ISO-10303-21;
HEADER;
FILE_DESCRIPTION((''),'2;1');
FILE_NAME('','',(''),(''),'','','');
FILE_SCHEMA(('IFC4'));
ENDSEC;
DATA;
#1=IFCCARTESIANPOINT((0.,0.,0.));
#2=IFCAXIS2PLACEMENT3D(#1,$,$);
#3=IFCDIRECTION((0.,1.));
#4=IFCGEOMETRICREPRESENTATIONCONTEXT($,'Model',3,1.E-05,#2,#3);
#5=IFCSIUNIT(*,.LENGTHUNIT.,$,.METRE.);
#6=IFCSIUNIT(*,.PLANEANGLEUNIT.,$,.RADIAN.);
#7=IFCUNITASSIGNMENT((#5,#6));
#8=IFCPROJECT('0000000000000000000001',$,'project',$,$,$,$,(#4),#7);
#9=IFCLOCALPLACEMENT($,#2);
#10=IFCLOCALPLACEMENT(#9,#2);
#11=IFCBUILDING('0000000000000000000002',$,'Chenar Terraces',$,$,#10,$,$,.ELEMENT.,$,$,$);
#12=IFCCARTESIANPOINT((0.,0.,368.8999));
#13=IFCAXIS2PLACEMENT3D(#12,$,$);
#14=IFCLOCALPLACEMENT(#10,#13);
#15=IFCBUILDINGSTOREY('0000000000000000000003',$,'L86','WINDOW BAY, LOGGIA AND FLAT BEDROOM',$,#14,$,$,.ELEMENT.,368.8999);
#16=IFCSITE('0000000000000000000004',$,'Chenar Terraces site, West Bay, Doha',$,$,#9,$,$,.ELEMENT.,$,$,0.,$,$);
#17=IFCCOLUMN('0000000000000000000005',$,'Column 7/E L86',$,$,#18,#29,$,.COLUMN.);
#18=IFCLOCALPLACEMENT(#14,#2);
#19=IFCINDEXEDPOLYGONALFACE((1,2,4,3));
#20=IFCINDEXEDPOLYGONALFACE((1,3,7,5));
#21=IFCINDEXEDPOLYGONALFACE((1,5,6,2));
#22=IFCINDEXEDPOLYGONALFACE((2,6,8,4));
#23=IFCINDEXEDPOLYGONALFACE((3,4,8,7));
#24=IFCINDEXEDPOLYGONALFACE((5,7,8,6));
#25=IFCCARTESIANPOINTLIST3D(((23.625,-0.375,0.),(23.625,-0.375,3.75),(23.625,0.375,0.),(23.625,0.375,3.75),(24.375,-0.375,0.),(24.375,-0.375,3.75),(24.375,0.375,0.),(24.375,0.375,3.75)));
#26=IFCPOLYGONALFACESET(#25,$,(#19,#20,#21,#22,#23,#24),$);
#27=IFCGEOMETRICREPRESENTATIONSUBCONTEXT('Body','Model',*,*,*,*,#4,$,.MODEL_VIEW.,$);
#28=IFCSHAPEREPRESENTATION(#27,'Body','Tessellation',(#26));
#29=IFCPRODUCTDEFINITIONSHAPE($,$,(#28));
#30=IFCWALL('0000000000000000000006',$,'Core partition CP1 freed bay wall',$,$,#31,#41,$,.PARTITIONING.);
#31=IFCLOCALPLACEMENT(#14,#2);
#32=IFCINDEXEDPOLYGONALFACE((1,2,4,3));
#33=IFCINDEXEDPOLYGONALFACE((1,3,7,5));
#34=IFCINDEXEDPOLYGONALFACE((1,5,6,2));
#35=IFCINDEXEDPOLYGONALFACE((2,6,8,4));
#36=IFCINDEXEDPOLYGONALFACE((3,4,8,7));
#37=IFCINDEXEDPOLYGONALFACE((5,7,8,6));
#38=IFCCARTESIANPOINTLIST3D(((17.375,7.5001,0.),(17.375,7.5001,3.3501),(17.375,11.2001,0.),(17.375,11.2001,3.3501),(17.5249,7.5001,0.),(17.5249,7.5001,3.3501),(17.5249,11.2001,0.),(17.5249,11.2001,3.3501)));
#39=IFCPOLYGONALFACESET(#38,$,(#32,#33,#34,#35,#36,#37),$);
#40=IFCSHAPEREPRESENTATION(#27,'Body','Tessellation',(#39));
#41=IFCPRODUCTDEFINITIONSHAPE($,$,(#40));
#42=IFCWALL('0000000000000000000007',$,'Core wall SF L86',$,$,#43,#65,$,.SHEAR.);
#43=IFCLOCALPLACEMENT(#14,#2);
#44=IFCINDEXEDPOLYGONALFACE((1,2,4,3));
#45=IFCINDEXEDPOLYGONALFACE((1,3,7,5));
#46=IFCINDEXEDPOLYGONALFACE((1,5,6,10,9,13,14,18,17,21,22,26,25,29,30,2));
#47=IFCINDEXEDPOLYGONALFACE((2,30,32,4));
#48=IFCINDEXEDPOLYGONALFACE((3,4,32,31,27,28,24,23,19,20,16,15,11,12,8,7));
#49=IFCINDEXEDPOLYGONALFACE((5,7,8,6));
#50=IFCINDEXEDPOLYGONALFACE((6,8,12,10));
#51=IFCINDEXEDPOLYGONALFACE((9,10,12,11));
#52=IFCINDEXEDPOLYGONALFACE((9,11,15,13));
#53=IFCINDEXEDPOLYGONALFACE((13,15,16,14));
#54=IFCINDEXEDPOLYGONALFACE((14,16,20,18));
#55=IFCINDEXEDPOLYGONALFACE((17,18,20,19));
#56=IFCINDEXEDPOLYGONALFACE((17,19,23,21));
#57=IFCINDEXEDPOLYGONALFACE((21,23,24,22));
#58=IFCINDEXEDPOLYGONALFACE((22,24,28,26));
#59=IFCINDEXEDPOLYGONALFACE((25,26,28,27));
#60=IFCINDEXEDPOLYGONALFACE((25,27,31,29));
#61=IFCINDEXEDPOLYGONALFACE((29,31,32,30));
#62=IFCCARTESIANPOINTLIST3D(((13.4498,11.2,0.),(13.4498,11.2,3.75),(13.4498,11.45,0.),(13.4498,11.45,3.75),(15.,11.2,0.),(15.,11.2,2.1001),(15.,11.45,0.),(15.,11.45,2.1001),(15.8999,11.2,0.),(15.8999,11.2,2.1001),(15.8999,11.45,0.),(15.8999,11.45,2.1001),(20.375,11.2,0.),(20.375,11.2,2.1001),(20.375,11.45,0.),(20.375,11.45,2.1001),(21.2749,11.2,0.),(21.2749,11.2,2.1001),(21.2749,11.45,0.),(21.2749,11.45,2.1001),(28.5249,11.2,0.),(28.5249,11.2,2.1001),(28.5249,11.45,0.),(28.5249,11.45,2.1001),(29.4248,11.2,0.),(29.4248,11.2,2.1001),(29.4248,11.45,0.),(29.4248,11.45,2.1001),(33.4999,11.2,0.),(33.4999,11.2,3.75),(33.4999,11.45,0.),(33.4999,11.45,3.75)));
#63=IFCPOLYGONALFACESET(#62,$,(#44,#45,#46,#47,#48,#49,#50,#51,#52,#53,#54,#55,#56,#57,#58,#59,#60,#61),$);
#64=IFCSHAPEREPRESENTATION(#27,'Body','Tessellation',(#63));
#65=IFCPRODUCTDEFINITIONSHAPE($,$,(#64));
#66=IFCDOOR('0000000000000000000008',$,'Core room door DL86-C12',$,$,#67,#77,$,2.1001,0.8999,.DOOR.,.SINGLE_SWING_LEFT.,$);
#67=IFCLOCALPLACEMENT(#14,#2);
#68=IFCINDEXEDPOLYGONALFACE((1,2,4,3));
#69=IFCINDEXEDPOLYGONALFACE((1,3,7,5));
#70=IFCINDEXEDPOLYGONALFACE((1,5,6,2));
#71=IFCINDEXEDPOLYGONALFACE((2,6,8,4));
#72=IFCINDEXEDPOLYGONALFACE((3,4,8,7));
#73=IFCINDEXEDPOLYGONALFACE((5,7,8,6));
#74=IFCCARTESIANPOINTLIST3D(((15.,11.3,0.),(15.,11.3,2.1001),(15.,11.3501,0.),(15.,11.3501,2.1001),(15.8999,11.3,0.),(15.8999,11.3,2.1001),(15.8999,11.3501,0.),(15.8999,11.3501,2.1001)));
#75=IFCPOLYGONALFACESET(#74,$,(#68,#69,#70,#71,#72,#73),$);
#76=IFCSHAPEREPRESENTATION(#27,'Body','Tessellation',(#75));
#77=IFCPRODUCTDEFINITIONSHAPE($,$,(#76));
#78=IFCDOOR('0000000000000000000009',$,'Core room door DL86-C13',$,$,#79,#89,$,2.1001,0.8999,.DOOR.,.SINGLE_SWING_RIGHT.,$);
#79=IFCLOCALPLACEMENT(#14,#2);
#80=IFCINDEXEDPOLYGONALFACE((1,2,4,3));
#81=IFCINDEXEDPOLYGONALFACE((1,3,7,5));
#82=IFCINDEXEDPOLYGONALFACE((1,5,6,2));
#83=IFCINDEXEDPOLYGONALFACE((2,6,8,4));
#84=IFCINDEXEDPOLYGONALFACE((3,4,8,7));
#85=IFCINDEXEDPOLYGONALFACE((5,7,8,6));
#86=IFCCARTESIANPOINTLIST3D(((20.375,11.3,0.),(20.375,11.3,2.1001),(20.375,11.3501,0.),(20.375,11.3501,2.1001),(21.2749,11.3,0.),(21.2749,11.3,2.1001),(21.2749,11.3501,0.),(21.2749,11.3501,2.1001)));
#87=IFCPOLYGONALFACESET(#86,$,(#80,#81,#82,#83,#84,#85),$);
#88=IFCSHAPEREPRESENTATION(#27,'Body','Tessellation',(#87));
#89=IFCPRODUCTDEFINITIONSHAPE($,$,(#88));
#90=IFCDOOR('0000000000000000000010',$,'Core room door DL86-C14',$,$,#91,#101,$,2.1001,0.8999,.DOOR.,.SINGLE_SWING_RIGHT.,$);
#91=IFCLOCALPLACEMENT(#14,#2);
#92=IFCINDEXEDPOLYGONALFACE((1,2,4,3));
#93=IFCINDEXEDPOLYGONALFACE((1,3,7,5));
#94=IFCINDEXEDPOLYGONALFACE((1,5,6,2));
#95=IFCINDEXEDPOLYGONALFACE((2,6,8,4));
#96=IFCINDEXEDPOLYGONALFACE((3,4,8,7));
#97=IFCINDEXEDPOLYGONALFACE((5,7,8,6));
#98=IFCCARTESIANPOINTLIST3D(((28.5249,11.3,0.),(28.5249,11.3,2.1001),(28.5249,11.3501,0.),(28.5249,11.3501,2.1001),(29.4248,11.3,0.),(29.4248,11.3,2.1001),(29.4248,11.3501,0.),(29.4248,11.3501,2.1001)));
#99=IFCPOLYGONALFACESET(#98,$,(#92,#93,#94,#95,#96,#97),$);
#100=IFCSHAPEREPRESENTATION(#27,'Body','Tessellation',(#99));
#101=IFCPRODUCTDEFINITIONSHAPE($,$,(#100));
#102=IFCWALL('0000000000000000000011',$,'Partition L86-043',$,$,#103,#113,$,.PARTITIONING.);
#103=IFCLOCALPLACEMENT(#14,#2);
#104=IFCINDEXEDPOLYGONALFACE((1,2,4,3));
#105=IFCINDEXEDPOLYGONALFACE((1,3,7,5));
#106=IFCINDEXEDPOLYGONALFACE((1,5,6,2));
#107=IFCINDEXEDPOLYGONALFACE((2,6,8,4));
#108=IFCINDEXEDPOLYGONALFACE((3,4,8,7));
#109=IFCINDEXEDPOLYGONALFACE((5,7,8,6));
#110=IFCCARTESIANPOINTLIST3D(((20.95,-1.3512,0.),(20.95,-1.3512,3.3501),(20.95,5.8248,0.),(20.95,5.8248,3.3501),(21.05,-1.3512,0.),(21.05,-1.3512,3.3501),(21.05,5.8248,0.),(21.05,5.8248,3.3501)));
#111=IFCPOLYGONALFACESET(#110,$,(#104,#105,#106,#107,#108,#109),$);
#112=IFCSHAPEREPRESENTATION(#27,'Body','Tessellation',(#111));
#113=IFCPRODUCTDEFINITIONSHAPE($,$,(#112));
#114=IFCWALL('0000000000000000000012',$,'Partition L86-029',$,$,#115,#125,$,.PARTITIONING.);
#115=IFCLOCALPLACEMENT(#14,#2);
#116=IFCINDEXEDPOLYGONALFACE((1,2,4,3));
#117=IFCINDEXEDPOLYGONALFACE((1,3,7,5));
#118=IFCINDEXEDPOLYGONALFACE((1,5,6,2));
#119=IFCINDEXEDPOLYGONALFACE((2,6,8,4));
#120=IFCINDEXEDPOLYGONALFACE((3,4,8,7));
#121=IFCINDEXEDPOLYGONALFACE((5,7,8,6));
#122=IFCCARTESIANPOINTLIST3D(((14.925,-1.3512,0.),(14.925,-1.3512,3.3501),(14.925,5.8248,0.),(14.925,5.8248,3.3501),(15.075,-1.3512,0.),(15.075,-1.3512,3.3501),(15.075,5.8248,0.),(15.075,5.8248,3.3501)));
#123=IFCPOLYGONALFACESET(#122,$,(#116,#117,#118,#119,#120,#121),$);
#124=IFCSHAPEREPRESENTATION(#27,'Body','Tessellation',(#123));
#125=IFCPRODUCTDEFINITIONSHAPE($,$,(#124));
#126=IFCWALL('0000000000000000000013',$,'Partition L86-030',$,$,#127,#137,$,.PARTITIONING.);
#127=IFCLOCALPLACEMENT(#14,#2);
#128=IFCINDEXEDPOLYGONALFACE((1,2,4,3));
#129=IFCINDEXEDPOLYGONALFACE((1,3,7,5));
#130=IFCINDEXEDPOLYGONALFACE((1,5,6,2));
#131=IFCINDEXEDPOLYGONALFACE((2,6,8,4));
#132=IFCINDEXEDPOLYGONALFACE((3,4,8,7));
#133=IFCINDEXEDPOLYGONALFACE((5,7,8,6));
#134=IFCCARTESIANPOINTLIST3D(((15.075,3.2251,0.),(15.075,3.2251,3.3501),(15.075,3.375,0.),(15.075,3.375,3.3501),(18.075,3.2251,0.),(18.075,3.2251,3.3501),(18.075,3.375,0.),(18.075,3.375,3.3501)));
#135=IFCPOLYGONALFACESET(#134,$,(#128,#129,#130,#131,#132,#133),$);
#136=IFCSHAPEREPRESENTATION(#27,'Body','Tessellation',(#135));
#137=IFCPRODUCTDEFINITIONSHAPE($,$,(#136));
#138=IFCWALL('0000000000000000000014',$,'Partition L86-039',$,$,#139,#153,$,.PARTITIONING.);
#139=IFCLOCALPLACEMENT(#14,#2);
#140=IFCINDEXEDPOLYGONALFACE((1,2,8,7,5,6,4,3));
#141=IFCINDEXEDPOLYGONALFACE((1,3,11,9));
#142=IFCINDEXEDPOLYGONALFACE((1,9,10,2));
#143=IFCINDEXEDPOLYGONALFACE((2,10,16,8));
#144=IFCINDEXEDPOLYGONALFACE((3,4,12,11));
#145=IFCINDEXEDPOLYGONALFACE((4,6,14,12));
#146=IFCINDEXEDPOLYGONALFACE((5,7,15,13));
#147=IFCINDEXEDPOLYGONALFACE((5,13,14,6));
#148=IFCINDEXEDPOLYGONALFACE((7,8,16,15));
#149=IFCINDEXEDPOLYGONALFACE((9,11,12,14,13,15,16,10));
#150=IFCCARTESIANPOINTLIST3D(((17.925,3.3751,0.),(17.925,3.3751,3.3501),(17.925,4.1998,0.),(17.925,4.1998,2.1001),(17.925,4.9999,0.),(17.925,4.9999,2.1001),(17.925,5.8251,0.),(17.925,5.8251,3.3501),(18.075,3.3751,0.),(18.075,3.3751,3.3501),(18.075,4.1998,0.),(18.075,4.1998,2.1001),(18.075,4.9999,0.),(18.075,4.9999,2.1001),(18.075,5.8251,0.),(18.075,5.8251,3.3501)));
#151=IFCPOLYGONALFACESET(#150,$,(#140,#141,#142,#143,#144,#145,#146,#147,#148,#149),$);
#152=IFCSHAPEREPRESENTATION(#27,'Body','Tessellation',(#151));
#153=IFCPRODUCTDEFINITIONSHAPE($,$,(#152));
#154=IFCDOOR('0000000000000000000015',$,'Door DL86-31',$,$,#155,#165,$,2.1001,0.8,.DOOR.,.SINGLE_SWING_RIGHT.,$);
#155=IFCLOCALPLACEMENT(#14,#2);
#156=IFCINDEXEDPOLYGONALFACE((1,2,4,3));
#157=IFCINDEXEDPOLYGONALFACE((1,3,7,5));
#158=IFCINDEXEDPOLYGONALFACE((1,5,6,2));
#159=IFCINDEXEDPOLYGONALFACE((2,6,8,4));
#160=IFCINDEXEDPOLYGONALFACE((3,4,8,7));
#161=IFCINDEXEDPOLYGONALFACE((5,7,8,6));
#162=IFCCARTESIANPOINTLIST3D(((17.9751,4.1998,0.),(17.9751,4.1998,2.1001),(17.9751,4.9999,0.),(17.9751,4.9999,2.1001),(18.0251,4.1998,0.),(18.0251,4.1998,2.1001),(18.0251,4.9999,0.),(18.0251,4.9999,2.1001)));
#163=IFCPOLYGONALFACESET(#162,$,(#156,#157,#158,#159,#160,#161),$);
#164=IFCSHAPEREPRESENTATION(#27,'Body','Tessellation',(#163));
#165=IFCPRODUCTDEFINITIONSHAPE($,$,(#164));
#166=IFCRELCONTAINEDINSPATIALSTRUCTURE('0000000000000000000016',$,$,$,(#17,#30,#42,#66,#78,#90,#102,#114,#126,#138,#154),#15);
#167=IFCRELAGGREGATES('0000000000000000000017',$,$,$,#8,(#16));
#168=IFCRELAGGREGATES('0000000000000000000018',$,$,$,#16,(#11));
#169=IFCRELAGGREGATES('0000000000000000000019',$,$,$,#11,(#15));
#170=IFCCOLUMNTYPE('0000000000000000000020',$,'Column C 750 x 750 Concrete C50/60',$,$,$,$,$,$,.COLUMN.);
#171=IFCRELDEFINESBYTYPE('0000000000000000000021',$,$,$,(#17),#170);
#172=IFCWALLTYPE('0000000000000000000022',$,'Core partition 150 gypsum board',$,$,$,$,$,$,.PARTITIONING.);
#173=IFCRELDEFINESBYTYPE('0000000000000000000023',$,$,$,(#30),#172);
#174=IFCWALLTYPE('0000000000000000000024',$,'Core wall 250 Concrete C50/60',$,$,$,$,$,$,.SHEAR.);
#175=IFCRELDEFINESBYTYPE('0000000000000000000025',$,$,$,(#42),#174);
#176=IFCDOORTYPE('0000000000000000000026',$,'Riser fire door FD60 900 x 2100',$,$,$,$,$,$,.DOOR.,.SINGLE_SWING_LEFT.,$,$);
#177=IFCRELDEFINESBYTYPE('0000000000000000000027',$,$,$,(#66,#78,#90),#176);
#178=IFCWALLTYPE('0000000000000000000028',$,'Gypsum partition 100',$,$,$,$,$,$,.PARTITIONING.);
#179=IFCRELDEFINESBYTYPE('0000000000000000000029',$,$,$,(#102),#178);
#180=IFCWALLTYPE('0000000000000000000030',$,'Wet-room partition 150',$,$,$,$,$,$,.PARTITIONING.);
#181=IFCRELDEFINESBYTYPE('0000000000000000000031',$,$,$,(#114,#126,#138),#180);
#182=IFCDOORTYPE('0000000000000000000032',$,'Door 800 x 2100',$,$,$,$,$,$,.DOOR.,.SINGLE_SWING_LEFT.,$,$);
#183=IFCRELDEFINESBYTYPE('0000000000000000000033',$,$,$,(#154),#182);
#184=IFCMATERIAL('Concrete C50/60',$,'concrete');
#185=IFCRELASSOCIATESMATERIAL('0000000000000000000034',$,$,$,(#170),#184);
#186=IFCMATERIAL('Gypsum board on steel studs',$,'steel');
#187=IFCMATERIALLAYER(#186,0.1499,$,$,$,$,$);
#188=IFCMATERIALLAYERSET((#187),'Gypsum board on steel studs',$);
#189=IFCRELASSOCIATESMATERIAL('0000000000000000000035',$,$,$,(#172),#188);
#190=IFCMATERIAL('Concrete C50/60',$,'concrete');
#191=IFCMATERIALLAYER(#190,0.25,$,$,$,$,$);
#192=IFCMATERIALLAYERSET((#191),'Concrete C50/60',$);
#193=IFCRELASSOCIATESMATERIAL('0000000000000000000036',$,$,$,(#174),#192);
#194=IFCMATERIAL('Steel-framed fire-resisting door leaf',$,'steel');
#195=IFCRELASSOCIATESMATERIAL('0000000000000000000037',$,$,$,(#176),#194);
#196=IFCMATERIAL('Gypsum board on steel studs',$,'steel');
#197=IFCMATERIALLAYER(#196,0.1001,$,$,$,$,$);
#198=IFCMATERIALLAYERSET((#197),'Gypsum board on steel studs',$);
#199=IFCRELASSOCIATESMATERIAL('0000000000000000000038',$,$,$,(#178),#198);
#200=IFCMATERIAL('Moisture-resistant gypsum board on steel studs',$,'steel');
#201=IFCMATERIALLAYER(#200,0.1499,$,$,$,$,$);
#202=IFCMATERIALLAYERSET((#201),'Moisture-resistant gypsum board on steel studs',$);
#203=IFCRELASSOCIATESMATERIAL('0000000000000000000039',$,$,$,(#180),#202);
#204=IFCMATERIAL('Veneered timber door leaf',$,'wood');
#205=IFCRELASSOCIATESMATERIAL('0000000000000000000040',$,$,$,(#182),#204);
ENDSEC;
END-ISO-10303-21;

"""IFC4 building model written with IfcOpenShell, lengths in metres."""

from ifc_helpers import new_model, si_unit, direction, frame, frame_2d, origin, origin_2d, place, context, subcontext, project, spatial, rectangle, extrude, material, layer, layer_set, material_profile, profile_set, type_object, element, fill, save


model = new_model("IFC4")

# Units and contexts
model_context = context("Model", 3, precision=1e-05, world=origin(), true_north=direction((0.0, 1.0)))
body_context = subcontext(model_context, "Body", "Model", "MODEL_VIEW")
ifc_project = project(units=[si_unit("LENGTHUNIT", "METRE"), si_unit("PLANEANGLEUNIT", "RADIAN")], contexts=[model_context])

# Site, building, storey
site_placement = place(None, origin())
site = spatial("IfcSite", under=ifc_project, at=site_placement, Name="Chenar Terraces site, West Bay, Doha", CompositionType="ELEMENT", RefElevation=0.0)
building_placement = place(site_placement, origin())
building = spatial("IfcBuilding", under=site, at=building_placement, Name="Chenar Terraces", CompositionType="ELEMENT")
storey_placement = place(building_placement, frame((0.0, 0.0, 368.8999)))
storey = spatial("IfcBuildingStorey", under=building, at=storey_placement, Name="L86", Description="WINDOW BAY, LOGGIA AND FLAT BEDROOM", CompositionType="ELEMENT", Elevation=368.8999)

# Column
ifc_material_1 = material(Name="Concrete C50/60", Category="concrete")
ifc_material_profile_1 = material_profile(ifc_material_1, rectangle(XDim=0.75, YDim=0.75, at=origin_2d()), Name="C 750 x 750")
ifc_profile_set_1 = profile_set([ifc_material_profile_1], Name="Concrete C50/60")
column_type = type_object("IfcColumnType", Name="Column C 750 x 750 Concrete C50/60", PredefinedType="COLUMN", material=ifc_profile_set_1)
column_placement = place(storey_placement, frame((24.0, 0.0, 0.0), z_axis=(0.0, 0.0, 1.0), x_axis=(1.0, 0.0, 0.0)))
element("IfcColumn", 1, at=column_placement, inside=storey, type_object=column_type, Name="Column 7/E L86", PredefinedType="COLUMN", context=body_context, shape_type="SweptSolid", body=[
    extrude(rectangle(XDim=0.75, YDim=0.75, at=origin_2d()), origin(), (0.0, 0.0, 1.0), 3.75),
])

# Wall
ifc_material_2 = material(Name="Gypsum board on steel studs", Category="steel")
ifc_layer_1 = layer(ifc_material_2, 0.1499)
ifc_layer_set_1 = layer_set([ifc_layer_1], Name="Gypsum board on steel studs")
wall_type_1 = type_object("IfcWallType", Name="Core partition 150 gypsum board", PredefinedType="PARTITIONING", material=ifc_layer_set_1)
wall_1_placement = place(storey_placement, frame((17.45, 7.5, 0.0), z_axis=(0.0, 0.0, 1.0), x_axis=(0.0, 1.0, 0.0)))
element("IfcWall", 2, at=wall_1_placement, inside=storey, type_object=wall_type_1, Name="Core partition CP1 freed bay wall", PredefinedType="PARTITIONING", context=body_context, shape_type="SweptSolid", body=[
    extrude(rectangle(XDim=3.7, YDim=0.1499, at=frame_2d((1.8501, 0.0))), origin(), (0.0, 0.0, 1.0), 3.3501),
])

# Wall, openings, doors
ifc_material_3 = material(Name="Concrete C50/60", Category="concrete")
ifc_layer_2 = layer(ifc_material_3, 0.25)
ifc_layer_set_2 = layer_set([ifc_layer_2], Name="Concrete C50/60")
wall_type_2 = type_object("IfcWallType", Name="Core wall 250 Concrete C50/60", PredefinedType="SHEAR", material=ifc_layer_set_2)
wall_2_placement = place(storey_placement, frame((13.45, 11.325, 0.0), z_axis=(0.0, 0.0, 1.0), x_axis=(1.0, 0.0, 0.0)))
wall_2 = element("IfcWall", 3, at=wall_2_placement, inside=storey, type_object=wall_type_2, Name="Core wall SF L86", PredefinedType="SHEAR", context=body_context, shape_type="SweptSolid", body=[
    extrude(rectangle(XDim=20.05, YDim=0.25, at=frame_2d((10.0249, 0.0))), origin(), (0.0, 0.0, 1.0), 3.75),
])
opening_1_placement = place(wall_2_placement, frame((1.55, 0.0, 0.0)))
opening_1 = element("IfcOpeningElement", 4, at=opening_1_placement, cuts=wall_2, PredefinedType="OPENING", context=body_context, shape_type="SweptSolid", body=[
    extrude(rectangle(XDim=0.8999, YDim=2.1001, at=frame_2d((0.45, 1.05))), frame((0.0, 0.135, 0.0), z_axis=(0.0, -1.0, 0.0), x_axis=(1.0, 0.0, 0.0)), (0.0, 0.0, 1.0), 0.27),
])
opening_2_placement = place(wall_2_placement, frame((6.925, 0.0, 0.0)))
opening_2 = element("IfcOpeningElement", 5, at=opening_2_placement, cuts=wall_2, PredefinedType="OPENING", context=body_context, shape_type="SweptSolid", body=[
    extrude(rectangle(XDim=0.8999, YDim=2.1001, at=frame_2d((0.45, 1.05))), frame((0.0, 0.135, 0.0), z_axis=(0.0, -1.0, 0.0), x_axis=(1.0, 0.0, 0.0)), (0.0, 0.0, 1.0), 0.27),
])
opening_3_placement = place(wall_2_placement, frame((15.075, 0.0, 0.0)))
opening_3 = element("IfcOpeningElement", 6, at=opening_3_placement, cuts=wall_2, PredefinedType="OPENING", context=body_context, shape_type="SweptSolid", body=[
    extrude(rectangle(XDim=0.8999, YDim=2.1001, at=frame_2d((0.45, 1.05))), frame((0.0, 0.135, 0.0), z_axis=(0.0, -1.0, 0.0), x_axis=(1.0, 0.0, 0.0)), (0.0, 0.0, 1.0), 0.27),
])
ifc_material_4 = material(Name="Steel-framed fire-resisting door leaf", Category="steel")
door_type_1 = type_object("IfcDoorType", Name="Riser fire door FD60 900 x 2100", OperationType="SINGLE_SWING_LEFT", PredefinedType="DOOR", material=ifc_material_4)
door_1_placement = place(opening_1_placement, frame((0.8999, 0.0, 0.0), z_axis=(0.0, 0.0, 1.0), x_axis=(-1.0, 0.0, 0.0)))
door_1 = element("IfcDoor", 7, at=door_1_placement, inside=storey, type_object=door_type_1, Name="Core room door DL86-C12", OperationType="SINGLE_SWING_LEFT", OverallHeight=2.1001, OverallWidth=0.8999, PredefinedType="DOOR", context=body_context, shape_type="SweptSolid", body=[
    extrude(rectangle(XDim=0.8999, YDim=2.1001, at=frame_2d((0.45, 1.05))), frame((0.0, 0.0249, 0.0), z_axis=(0.0, -1.0, 0.0), x_axis=(1.0, 0.0, 0.0)), (0.0, 0.0, 1.0), 0.05),
])
fill(opening_1, door_1)
door_2_placement = place(opening_2_placement, frame((0.8999, 0.0, 0.0), z_axis=(0.0, 0.0, 1.0), x_axis=(-1.0, 0.0, 0.0)))
door_2 = element("IfcDoor", 8, at=door_2_placement, inside=storey, type_object=door_type_1, Name="Core room door DL86-C13", OperationType="SINGLE_SWING_RIGHT", OverallHeight=2.1001, OverallWidth=0.8999, PredefinedType="DOOR", context=body_context, shape_type="SweptSolid", body=[
    extrude(rectangle(XDim=0.8999, YDim=2.1001, at=frame_2d((0.45, 1.05))), frame((0.0, 0.0249, 0.0), z_axis=(0.0, -1.0, 0.0), x_axis=(1.0, 0.0, 0.0)), (0.0, 0.0, 1.0), 0.05),
])
fill(opening_2, door_2)
door_3_placement = place(opening_3_placement, frame((0.8999, 0.0, 0.0), z_axis=(0.0, 0.0, 1.0), x_axis=(-1.0, 0.0, 0.0)))
door_3 = element("IfcDoor", 9, at=door_3_placement, inside=storey, type_object=door_type_1, Name="Core room door DL86-C14", OperationType="SINGLE_SWING_RIGHT", OverallHeight=2.1001, OverallWidth=0.8999, PredefinedType="DOOR", context=body_context, shape_type="SweptSolid", body=[
    extrude(rectangle(XDim=0.8999, YDim=2.1001, at=frame_2d((0.45, 1.05))), frame((0.0, 0.0249, 0.0), z_axis=(0.0, -1.0, 0.0), x_axis=(1.0, 0.0, 0.0)), (0.0, 0.0, 1.0), 0.05),
])
fill(opening_3, door_3)

# Walls
ifc_material_5 = material(Name="Gypsum board on steel studs", Category="steel")
ifc_layer_3 = layer(ifc_material_5, 0.1001)
ifc_layer_set_3 = layer_set([ifc_layer_3], Name="Gypsum board on steel studs")
wall_type_3 = type_object("IfcWallType", Name="Gypsum partition 100", PredefinedType="PARTITIONING", material=ifc_layer_set_3)
wall_3_placement = place(storey_placement, frame((21.0, -1.3511, 0.0), z_axis=(0.0, 0.0, 1.0), x_axis=(0.0, 1.0, 0.0)))
element("IfcWall", 10, at=wall_3_placement, inside=storey, type_object=wall_type_3, Name="Partition L86-043", PredefinedType="PARTITIONING", context=body_context, shape_type="SweptSolid", body=[
    extrude(rectangle(XDim=7.176, YDim=0.1001, at=frame_2d((3.5879, 0.0))), origin(), (0.0, 0.0, 1.0), 3.3501),
])
ifc_material_6 = material(Name="Moisture-resistant gypsum board on steel studs", Category="steel")
ifc_layer_4 = layer(ifc_material_6, 0.1499)
ifc_layer_set_4 = layer_set([ifc_layer_4], Name="Moisture-resistant gypsum board on steel studs")
wall_type_4 = type_object("IfcWallType", Name="Wet-room partition 150", PredefinedType="PARTITIONING", material=ifc_layer_set_4)
wall_4_placement = place(storey_placement, frame((15.0, -1.3511, 0.0), z_axis=(0.0, 0.0, 1.0), x_axis=(0.0, 1.0, 0.0)))
element("IfcWall", 11, at=wall_4_placement, inside=storey, type_object=wall_type_4, Name="Partition L86-029", PredefinedType="PARTITIONING", context=body_context, shape_type="SweptSolid", body=[
    extrude(rectangle(XDim=7.176, YDim=0.1499, at=frame_2d((3.5879, 0.0))), origin(), (0.0, 0.0, 1.0), 3.3501),
])
wall_5_placement = place(storey_placement, frame((15.075, 3.3, 0.0), z_axis=(0.0, 0.0, 1.0), x_axis=(1.0, 0.0, 0.0)))
element("IfcWall", 12, at=wall_5_placement, inside=storey, type_object=wall_type_4, Name="Partition L86-030", PredefinedType="PARTITIONING", context=body_context, shape_type="SweptSolid", body=[
    extrude(rectangle(XDim=3.0, YDim=0.1499, at=frame_2d((1.5, 0.0))), origin(), (0.0, 0.0, 1.0), 3.3501),
])

# Wall, opening, door
wall_6_placement = place(storey_placement, frame((18.0, 3.375, 0.0), z_axis=(0.0, 0.0, 1.0), x_axis=(0.0, 1.0, 0.0)))
wall_6 = element("IfcWall", 13, at=wall_6_placement, inside=storey, type_object=wall_type_4, Name="Partition L86-039", PredefinedType="PARTITIONING", context=body_context, shape_type="SweptSolid", body=[
    extrude(rectangle(XDim=2.45, YDim=0.1499, at=frame_2d((1.2251, 0.0))), origin(), (0.0, 0.0, 1.0), 3.3501),
])
opening_4_placement = place(wall_6_placement, frame((0.825, 0.0, 0.0)))
opening_4 = element("IfcOpeningElement", 14, at=opening_4_placement, cuts=wall_6, PredefinedType="OPENING", context=body_context, shape_type="SweptSolid", body=[
    extrude(rectangle(XDim=0.8, YDim=2.1001, at=frame_2d((0.3999, 1.05))), frame((0.0, 0.085, 0.0), z_axis=(0.0, -1.0, 0.0), x_axis=(1.0, 0.0, 0.0)), (0.0, 0.0, 1.0), 0.1699),
])
ifc_material_7 = material(Name="Veneered timber door leaf", Category="wood")
door_type_2 = type_object("IfcDoorType", Name="Door 800 x 2100", OperationType="SINGLE_SWING_LEFT", PredefinedType="DOOR", material=ifc_material_7)
door_4_placement = place(opening_4_placement, origin())
door_4 = element("IfcDoor", 15, at=door_4_placement, inside=storey, type_object=door_type_2, Name="Door DL86-31", OperationType="SINGLE_SWING_RIGHT", OverallHeight=2.1001, OverallWidth=0.8, PredefinedType="DOOR", context=body_context, shape_type="SweptSolid", body=[
    extrude(rectangle(XDim=0.8, YDim=2.1001, at=frame_2d((0.3999, 1.05))), frame((0.0, 0.0249, 0.0), z_axis=(0.0, -1.0, 0.0), x_axis=(1.0, 0.0, 0.0)), (0.0, 0.0, 1.0), 0.05),
])
fill(opening_4, door_4)

save(model, "model.ifc")
